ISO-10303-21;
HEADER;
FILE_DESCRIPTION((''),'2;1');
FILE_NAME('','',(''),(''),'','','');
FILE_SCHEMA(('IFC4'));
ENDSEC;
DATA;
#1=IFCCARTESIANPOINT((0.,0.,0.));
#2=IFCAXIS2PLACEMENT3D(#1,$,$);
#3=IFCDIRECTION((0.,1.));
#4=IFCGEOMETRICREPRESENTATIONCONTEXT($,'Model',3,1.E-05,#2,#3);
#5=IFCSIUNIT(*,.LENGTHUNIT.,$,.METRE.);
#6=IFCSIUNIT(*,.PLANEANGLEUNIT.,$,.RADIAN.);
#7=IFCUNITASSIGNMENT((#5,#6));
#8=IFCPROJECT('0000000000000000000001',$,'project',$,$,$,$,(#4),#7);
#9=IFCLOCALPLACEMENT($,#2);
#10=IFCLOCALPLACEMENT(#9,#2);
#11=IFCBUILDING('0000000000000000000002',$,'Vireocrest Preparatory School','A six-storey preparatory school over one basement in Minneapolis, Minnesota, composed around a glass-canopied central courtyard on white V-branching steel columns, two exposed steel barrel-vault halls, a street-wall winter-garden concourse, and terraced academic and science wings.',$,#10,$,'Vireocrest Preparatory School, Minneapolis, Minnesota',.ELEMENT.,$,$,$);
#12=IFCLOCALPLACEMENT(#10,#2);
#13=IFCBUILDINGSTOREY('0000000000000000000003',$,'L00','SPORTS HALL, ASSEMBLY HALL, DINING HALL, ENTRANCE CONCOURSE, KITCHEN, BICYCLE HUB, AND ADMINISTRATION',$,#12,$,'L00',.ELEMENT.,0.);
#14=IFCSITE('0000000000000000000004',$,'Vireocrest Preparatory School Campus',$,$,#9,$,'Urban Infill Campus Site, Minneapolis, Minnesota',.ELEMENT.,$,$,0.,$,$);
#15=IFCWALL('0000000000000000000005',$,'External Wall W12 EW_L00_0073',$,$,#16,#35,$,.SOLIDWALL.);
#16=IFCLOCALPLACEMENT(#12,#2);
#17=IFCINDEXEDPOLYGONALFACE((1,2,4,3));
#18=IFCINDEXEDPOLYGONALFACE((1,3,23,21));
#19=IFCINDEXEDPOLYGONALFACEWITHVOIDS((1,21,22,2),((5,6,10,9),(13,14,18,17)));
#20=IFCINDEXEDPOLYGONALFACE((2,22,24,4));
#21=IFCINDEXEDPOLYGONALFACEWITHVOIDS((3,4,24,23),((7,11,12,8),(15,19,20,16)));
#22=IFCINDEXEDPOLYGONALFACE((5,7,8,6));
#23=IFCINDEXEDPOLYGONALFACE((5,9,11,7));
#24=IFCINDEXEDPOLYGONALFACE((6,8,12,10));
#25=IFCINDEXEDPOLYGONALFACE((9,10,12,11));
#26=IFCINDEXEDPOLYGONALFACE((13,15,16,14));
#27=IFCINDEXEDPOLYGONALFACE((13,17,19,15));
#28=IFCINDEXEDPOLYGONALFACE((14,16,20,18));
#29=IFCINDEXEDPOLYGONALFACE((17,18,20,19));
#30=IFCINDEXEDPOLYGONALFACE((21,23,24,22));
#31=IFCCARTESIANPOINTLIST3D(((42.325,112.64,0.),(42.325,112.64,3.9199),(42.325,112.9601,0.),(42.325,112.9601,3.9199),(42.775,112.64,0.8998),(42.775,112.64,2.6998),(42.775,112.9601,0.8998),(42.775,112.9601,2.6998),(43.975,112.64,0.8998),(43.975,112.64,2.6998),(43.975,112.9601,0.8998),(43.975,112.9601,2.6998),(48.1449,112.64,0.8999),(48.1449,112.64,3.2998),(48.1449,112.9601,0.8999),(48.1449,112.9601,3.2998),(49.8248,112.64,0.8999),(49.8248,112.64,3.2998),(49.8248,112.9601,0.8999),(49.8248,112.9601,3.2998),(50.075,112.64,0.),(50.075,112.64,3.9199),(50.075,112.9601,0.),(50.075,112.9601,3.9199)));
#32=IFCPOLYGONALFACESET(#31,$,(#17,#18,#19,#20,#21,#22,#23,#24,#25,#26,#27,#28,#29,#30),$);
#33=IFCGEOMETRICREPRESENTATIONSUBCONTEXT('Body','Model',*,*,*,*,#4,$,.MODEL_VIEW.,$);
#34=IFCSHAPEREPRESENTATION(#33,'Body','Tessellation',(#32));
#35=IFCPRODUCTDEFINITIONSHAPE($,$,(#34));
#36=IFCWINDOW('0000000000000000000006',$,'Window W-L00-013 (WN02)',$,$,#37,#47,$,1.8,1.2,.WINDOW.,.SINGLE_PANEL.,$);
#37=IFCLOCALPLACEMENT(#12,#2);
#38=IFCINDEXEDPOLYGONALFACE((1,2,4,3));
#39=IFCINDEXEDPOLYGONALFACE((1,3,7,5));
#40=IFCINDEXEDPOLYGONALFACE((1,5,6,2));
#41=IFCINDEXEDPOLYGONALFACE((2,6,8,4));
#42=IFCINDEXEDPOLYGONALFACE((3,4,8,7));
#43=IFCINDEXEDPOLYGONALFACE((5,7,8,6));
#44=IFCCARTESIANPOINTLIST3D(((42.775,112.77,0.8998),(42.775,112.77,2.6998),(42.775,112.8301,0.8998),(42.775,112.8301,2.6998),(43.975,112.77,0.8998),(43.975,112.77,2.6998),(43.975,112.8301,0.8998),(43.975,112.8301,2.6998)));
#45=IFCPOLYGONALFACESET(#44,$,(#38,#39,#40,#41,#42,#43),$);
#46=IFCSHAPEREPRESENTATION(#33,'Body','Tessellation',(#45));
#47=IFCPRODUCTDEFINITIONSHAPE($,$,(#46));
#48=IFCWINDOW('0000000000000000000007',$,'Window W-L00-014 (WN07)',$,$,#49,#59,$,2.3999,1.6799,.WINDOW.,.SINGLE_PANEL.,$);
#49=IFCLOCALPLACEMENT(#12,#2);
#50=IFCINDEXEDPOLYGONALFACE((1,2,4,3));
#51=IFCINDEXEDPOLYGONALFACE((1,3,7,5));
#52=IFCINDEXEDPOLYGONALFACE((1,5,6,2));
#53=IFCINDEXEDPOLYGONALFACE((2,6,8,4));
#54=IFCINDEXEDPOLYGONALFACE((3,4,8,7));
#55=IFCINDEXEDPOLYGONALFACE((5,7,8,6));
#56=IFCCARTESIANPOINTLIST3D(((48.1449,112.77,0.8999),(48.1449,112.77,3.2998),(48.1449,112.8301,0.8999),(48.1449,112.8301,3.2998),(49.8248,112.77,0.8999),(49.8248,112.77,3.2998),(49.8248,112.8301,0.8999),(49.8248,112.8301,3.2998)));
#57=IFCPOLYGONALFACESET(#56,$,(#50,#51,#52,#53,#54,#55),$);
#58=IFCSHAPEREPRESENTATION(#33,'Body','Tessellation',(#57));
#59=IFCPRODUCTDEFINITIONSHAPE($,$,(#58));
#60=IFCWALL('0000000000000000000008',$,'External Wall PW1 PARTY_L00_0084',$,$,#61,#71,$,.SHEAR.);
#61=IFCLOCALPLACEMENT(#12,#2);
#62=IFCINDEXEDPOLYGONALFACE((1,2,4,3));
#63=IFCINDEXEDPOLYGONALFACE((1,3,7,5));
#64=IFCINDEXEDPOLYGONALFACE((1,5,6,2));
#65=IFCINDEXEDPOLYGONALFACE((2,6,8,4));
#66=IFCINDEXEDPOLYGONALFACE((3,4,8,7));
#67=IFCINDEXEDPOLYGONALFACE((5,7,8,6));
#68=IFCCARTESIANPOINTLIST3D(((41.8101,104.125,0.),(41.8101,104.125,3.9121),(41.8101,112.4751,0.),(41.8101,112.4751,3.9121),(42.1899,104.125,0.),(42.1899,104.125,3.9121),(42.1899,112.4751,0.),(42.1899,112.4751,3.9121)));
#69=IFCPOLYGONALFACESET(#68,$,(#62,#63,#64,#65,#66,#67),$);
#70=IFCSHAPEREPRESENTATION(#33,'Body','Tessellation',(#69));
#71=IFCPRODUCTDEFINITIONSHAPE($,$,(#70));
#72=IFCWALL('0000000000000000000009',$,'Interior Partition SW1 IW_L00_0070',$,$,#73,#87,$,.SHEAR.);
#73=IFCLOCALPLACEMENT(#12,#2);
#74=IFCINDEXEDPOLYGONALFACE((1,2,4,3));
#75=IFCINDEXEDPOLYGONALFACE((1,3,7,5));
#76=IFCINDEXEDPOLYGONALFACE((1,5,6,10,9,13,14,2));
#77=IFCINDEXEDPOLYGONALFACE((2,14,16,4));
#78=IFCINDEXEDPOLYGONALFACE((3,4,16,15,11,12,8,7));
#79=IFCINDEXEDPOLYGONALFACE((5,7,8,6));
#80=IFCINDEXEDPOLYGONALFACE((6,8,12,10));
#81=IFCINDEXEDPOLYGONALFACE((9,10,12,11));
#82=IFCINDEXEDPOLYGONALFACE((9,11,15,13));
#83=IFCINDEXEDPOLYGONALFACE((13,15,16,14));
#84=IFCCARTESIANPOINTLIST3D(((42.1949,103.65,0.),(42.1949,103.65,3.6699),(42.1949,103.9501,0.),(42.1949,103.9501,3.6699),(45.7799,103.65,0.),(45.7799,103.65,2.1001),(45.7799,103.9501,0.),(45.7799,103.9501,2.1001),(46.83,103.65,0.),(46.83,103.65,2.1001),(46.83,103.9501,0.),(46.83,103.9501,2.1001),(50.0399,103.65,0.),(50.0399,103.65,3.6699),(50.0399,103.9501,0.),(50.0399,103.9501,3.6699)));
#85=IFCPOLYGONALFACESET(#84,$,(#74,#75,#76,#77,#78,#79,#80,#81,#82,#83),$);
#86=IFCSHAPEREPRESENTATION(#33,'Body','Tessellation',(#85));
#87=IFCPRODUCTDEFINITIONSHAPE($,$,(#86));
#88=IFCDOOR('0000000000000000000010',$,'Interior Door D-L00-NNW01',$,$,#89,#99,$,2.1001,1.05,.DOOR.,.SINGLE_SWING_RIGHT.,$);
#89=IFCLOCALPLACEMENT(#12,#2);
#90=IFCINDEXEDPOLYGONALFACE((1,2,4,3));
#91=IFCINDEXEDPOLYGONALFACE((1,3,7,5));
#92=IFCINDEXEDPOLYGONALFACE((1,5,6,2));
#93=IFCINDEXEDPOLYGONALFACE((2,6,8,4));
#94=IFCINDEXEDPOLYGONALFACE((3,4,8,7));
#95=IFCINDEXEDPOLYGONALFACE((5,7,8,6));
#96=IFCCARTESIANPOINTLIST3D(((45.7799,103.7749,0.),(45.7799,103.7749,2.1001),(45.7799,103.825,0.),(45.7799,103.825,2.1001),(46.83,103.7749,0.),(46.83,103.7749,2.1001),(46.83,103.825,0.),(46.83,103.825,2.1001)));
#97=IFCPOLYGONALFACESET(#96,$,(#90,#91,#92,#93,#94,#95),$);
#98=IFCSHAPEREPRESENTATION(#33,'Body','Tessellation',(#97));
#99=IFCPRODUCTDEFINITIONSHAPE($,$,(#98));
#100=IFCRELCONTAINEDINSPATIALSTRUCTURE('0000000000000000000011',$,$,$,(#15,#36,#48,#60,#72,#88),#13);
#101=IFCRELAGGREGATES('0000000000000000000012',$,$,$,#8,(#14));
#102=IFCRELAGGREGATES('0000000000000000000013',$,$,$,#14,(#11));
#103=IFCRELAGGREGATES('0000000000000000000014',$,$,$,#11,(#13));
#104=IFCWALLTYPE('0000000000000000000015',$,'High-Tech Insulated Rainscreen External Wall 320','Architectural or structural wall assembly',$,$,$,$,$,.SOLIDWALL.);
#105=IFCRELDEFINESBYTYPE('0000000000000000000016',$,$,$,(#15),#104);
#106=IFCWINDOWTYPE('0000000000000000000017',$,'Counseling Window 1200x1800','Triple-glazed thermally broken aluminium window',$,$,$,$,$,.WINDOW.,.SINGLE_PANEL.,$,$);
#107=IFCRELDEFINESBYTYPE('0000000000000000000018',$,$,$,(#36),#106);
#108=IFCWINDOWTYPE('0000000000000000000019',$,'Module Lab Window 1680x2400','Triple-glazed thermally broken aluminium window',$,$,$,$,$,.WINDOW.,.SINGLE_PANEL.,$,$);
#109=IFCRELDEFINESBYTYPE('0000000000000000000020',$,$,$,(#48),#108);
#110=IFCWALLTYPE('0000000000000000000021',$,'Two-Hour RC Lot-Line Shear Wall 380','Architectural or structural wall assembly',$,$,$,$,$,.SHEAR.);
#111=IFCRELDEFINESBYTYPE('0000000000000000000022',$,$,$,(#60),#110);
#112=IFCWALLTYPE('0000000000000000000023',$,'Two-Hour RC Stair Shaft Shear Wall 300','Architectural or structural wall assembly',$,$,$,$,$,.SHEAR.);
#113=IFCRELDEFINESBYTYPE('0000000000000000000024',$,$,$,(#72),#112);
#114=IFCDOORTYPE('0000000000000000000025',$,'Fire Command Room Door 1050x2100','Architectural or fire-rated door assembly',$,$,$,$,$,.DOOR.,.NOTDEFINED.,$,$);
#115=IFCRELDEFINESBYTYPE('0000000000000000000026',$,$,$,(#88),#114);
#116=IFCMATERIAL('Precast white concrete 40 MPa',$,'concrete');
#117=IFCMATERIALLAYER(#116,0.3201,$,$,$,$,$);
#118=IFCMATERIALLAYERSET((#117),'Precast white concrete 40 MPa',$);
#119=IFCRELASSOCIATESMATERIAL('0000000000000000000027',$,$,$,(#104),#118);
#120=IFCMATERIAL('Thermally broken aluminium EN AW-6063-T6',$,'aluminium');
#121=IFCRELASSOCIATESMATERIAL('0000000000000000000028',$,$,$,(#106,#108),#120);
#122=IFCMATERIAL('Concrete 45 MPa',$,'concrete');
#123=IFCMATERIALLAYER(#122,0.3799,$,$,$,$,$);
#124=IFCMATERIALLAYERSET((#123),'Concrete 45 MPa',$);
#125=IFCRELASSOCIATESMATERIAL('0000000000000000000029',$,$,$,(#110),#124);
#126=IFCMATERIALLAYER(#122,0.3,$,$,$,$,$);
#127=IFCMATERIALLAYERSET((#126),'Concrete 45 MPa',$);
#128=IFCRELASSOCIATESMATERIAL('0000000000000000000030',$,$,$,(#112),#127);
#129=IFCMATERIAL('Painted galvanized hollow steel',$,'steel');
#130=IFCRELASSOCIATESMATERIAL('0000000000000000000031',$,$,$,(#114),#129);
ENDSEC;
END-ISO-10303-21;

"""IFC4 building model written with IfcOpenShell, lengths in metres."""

from ifc_helpers import new_model, si_unit, direction, frame, frame_2d, origin, place, context, subcontext, project, spatial, rectangle, extrude, material, layer, layer_set, type_object, element, fill, save


model = new_model("IFC4")

# Units and contexts
model_context = context("Model", 3, precision=1e-05, world=origin(), true_north=direction((0.0, 1.0)))
body_context = subcontext(model_context, "Body", "Model", "MODEL_VIEW")
ifc_project = project(units=[si_unit("LENGTHUNIT", "METRE"), si_unit("PLANEANGLEUNIT", "RADIAN")], contexts=[model_context])

# Site, building, storey
site_placement = place(None, origin())
site = spatial("IfcSite", under=ifc_project, at=site_placement, Name="Vireocrest Preparatory School Campus", LongName="Urban Infill Campus Site, Minneapolis, Minnesota", CompositionType="ELEMENT", RefElevation=0.0)
building_placement = place(site_placement, origin())
building = spatial("IfcBuilding", under=site, at=building_placement, Name="Vireocrest Preparatory School", Description="A six-storey preparatory school over one basement in Minneapolis, Minnesota, composed around a glass-canopied central courtyard on white V-branching steel columns, two exposed steel barrel-vault halls, a street-wall winter-garden concourse, and terraced academic and science wings.", LongName="Vireocrest Preparatory School, Minneapolis, Minnesota", CompositionType="ELEMENT")
storey_placement = place(building_placement, origin())
storey = spatial("IfcBuildingStorey", under=building, at=storey_placement, Name="L00", Description="SPORTS HALL, ASSEMBLY HALL, DINING HALL, ENTRANCE CONCOURSE, KITCHEN, BICYCLE HUB, AND ADMINISTRATION", LongName="L00", CompositionType="ELEMENT", Elevation=0.0)

# Shared definitions
ifc_material_1 = material(Name="Concrete 45 MPa", Category="concrete")

# Wall, openings, windows
ifc_material_2 = material(Name="Precast white concrete 40 MPa", Category="concrete")
ifc_layer_1 = layer(ifc_material_2, 0.3201)
ifc_layer_set_1 = layer_set([ifc_layer_1], Name="Precast white concrete 40 MPa")
wall_type_1 = type_object("IfcWallType", Name="High-Tech Insulated Rainscreen External Wall 320", Description="Architectural or structural wall assembly", PredefinedType="SOLIDWALL", material=ifc_layer_set_1)
wall_1_placement = place(storey_placement, frame((42.325, 112.8, 0.0), z_axis=(0.0, 0.0, 1.0), x_axis=(1.0, 0.0, 0.0)))
wall_1 = element("IfcWall", 1, at=wall_1_placement, inside=storey, type_object=wall_type_1, Name="External Wall W12 EW_L00_0073", PredefinedType="SOLIDWALL", context=body_context, shape_type="SweptSolid", body=[
    extrude(rectangle(XDim=7.75, YDim=0.3201, at=frame_2d((3.875, 0.0))), origin(), (0.0, 0.0, 1.0), 3.9199),
])
opening_1_placement = place(wall_1_placement, frame((0.45, 0.0, 0.8999)))
opening_1 = element("IfcOpeningElement", 2, at=opening_1_placement, cuts=wall_1, PredefinedType="OPENING", context=body_context, shape_type="SweptSolid", body=[
    extrude(rectangle(XDim=1.2, YDim=1.8, at=frame_2d((0.6001, 0.8999))), frame((0.0, 0.1699, 0.0), z_axis=(0.0, -1.0, 0.0), x_axis=(1.0, 0.0, 0.0)), (0.0, 0.0, 1.0), 0.3401),
])
opening_2_placement = place(wall_1_placement, frame((5.8201, 0.0, 0.8999)))
opening_2 = element("IfcOpeningElement", 3, at=opening_2_placement, cuts=wall_1, PredefinedType="OPENING", context=body_context, shape_type="SweptSolid", body=[
    extrude(rectangle(XDim=1.6799, YDim=2.3999, at=frame_2d((0.8398, 1.2))), frame((0.0, 0.1699, 0.0), z_axis=(0.0, -1.0, 0.0), x_axis=(1.0, 0.0, 0.0)), (0.0, 0.0, 1.0), 0.3401),
])
ifc_material_3 = material(Name="Thermally broken aluminium EN AW-6063-T6", Category="aluminium")
window_type_1 = type_object("IfcWindowType", Name="Counseling Window 1200x1800", Description="Triple-glazed thermally broken aluminium window", PartitioningType="SINGLE_PANEL", PredefinedType="WINDOW", material=ifc_material_3)
window_1_placement = place(opening_1_placement, origin())
window_1 = element("IfcWindow", 4, at=window_1_placement, inside=storey, type_object=window_type_1, Name="Window W-L00-013 (WN02)", OverallHeight=1.8, OverallWidth=1.2, PartitioningType="SINGLE_PANEL", PredefinedType="WINDOW", context=body_context, shape_type="SweptSolid", body=[
    extrude(rectangle(XDim=1.2, YDim=1.8, at=frame_2d((0.6001, 0.8999))), frame((0.0, 0.03, 0.0), z_axis=(0.0, -1.0, 0.0), x_axis=(1.0, 0.0, 0.0)), (0.0, 0.0, 1.0), 0.0601),
])
fill(opening_1, window_1)
window_type_2 = type_object("IfcWindowType", Name="Module Lab Window 1680x2400", Description="Triple-glazed thermally broken aluminium window", PartitioningType="SINGLE_PANEL", PredefinedType="WINDOW", material=ifc_material_3)
window_2_placement = place(opening_2_placement, origin())
window_2 = element("IfcWindow", 5, at=window_2_placement, inside=storey, type_object=window_type_2, Name="Window W-L00-014 (WN07)", OverallHeight=2.3999, OverallWidth=1.6799, PartitioningType="SINGLE_PANEL", PredefinedType="WINDOW", context=body_context, shape_type="SweptSolid", body=[
    extrude(rectangle(XDim=1.6799, YDim=2.3999, at=frame_2d((0.8398, 1.2))), frame((0.0, 0.03, 0.0), z_axis=(0.0, -1.0, 0.0), x_axis=(1.0, 0.0, 0.0)), (0.0, 0.0, 1.0), 0.0601),
])
fill(opening_2, window_2)

# Wall
ifc_layer_2 = layer(ifc_material_1, 0.3799)
ifc_layer_set_2 = layer_set([ifc_layer_2], Name="Concrete 45 MPa")
wall_type_2 = type_object("IfcWallType", Name="Two-Hour RC Lot-Line Shear Wall 380", Description="Architectural or structural wall assembly", PredefinedType="SHEAR", material=ifc_layer_set_2)
wall_2_placement = place(storey_placement, frame((42.0, 104.125, 0.0), z_axis=(0.0, 0.0, 1.0), x_axis=(0.0, 1.0, 0.0)))
element("IfcWall", 6, at=wall_2_placement, inside=storey, type_object=wall_type_2, Name="External Wall PW1 PARTY_L00_0084", PredefinedType="SHEAR", context=body_context, shape_type="SweptSolid", body=[
    extrude(rectangle(XDim=8.3501, YDim=0.3799, at=frame_2d((4.175, 0.0))), origin(), (0.0, 0.0, 1.0), 3.9121),
])

# Wall, opening, door
ifc_layer_3 = layer(ifc_material_1, 0.3)
ifc_layer_set_3 = layer_set([ifc_layer_3], Name="Concrete 45 MPa")
wall_type_3 = type_object("IfcWallType", Name="Two-Hour RC Stair Shaft Shear Wall 300", Description="Architectural or structural wall assembly", PredefinedType="SHEAR", material=ifc_layer_set_3)
wall_3_placement = place(storey_placement, frame((42.1951, 103.8, 0.0), z_axis=(0.0, 0.0, 1.0), x_axis=(1.0, 0.0, 0.0)))
wall_3 = element("IfcWall", 7, at=wall_3_placement, inside=storey, type_object=wall_type_3, Name="Interior Partition SW1 IW_L00_0070", PredefinedType="SHEAR", context=body_context, shape_type="SweptSolid", body=[
    extrude(rectangle(XDim=7.845, YDim=0.3, at=frame_2d((3.9224, 0.0))), origin(), (0.0, 0.0, 1.0), 3.6699),
])
opening_3_placement = place(wall_3_placement, frame((3.585, 0.0, 0.0)))
opening_3 = element("IfcOpeningElement", 8, at=opening_3_placement, cuts=wall_3, PredefinedType="OPENING", context=body_context, shape_type="SweptSolid", body=[
    extrude(rectangle(XDim=1.05, YDim=2.1001, at=frame_2d((0.5249, 1.05))), frame((0.0, 0.1599, 0.0), z_axis=(0.0, -1.0, 0.0), x_axis=(1.0, 0.0, 0.0)), (0.0, 0.0, 1.0), 0.3201),
])
ifc_material_4 = material(Name="Painted galvanized hollow steel", Category="steel")
door_type_1 = type_object("IfcDoorType", Name="Fire Command Room Door 1050x2100", Description="Architectural or fire-rated door assembly", OperationType="NOTDEFINED", PredefinedType="DOOR", material=ifc_material_4)
door_1_placement = place(opening_3_placement, origin())
door_1 = element("IfcDoor", 9, at=door_1_placement, inside=storey, type_object=door_type_1, Name="Interior Door D-L00-NNW01", OperationType="SINGLE_SWING_RIGHT", OverallHeight=2.1001, OverallWidth=1.05, PredefinedType="DOOR", context=body_context, shape_type="SweptSolid", body=[
    extrude(rectangle(XDim=1.05, YDim=2.1001, at=frame_2d((0.5249, 1.05))), frame((0.0, 0.0249, 0.0), z_axis=(0.0, -1.0, 0.0), x_axis=(1.0, 0.0, 0.0)), (0.0, 0.0, 1.0), 0.05),
])
fill(opening_3, door_1)

save(model, "model.ifc")
